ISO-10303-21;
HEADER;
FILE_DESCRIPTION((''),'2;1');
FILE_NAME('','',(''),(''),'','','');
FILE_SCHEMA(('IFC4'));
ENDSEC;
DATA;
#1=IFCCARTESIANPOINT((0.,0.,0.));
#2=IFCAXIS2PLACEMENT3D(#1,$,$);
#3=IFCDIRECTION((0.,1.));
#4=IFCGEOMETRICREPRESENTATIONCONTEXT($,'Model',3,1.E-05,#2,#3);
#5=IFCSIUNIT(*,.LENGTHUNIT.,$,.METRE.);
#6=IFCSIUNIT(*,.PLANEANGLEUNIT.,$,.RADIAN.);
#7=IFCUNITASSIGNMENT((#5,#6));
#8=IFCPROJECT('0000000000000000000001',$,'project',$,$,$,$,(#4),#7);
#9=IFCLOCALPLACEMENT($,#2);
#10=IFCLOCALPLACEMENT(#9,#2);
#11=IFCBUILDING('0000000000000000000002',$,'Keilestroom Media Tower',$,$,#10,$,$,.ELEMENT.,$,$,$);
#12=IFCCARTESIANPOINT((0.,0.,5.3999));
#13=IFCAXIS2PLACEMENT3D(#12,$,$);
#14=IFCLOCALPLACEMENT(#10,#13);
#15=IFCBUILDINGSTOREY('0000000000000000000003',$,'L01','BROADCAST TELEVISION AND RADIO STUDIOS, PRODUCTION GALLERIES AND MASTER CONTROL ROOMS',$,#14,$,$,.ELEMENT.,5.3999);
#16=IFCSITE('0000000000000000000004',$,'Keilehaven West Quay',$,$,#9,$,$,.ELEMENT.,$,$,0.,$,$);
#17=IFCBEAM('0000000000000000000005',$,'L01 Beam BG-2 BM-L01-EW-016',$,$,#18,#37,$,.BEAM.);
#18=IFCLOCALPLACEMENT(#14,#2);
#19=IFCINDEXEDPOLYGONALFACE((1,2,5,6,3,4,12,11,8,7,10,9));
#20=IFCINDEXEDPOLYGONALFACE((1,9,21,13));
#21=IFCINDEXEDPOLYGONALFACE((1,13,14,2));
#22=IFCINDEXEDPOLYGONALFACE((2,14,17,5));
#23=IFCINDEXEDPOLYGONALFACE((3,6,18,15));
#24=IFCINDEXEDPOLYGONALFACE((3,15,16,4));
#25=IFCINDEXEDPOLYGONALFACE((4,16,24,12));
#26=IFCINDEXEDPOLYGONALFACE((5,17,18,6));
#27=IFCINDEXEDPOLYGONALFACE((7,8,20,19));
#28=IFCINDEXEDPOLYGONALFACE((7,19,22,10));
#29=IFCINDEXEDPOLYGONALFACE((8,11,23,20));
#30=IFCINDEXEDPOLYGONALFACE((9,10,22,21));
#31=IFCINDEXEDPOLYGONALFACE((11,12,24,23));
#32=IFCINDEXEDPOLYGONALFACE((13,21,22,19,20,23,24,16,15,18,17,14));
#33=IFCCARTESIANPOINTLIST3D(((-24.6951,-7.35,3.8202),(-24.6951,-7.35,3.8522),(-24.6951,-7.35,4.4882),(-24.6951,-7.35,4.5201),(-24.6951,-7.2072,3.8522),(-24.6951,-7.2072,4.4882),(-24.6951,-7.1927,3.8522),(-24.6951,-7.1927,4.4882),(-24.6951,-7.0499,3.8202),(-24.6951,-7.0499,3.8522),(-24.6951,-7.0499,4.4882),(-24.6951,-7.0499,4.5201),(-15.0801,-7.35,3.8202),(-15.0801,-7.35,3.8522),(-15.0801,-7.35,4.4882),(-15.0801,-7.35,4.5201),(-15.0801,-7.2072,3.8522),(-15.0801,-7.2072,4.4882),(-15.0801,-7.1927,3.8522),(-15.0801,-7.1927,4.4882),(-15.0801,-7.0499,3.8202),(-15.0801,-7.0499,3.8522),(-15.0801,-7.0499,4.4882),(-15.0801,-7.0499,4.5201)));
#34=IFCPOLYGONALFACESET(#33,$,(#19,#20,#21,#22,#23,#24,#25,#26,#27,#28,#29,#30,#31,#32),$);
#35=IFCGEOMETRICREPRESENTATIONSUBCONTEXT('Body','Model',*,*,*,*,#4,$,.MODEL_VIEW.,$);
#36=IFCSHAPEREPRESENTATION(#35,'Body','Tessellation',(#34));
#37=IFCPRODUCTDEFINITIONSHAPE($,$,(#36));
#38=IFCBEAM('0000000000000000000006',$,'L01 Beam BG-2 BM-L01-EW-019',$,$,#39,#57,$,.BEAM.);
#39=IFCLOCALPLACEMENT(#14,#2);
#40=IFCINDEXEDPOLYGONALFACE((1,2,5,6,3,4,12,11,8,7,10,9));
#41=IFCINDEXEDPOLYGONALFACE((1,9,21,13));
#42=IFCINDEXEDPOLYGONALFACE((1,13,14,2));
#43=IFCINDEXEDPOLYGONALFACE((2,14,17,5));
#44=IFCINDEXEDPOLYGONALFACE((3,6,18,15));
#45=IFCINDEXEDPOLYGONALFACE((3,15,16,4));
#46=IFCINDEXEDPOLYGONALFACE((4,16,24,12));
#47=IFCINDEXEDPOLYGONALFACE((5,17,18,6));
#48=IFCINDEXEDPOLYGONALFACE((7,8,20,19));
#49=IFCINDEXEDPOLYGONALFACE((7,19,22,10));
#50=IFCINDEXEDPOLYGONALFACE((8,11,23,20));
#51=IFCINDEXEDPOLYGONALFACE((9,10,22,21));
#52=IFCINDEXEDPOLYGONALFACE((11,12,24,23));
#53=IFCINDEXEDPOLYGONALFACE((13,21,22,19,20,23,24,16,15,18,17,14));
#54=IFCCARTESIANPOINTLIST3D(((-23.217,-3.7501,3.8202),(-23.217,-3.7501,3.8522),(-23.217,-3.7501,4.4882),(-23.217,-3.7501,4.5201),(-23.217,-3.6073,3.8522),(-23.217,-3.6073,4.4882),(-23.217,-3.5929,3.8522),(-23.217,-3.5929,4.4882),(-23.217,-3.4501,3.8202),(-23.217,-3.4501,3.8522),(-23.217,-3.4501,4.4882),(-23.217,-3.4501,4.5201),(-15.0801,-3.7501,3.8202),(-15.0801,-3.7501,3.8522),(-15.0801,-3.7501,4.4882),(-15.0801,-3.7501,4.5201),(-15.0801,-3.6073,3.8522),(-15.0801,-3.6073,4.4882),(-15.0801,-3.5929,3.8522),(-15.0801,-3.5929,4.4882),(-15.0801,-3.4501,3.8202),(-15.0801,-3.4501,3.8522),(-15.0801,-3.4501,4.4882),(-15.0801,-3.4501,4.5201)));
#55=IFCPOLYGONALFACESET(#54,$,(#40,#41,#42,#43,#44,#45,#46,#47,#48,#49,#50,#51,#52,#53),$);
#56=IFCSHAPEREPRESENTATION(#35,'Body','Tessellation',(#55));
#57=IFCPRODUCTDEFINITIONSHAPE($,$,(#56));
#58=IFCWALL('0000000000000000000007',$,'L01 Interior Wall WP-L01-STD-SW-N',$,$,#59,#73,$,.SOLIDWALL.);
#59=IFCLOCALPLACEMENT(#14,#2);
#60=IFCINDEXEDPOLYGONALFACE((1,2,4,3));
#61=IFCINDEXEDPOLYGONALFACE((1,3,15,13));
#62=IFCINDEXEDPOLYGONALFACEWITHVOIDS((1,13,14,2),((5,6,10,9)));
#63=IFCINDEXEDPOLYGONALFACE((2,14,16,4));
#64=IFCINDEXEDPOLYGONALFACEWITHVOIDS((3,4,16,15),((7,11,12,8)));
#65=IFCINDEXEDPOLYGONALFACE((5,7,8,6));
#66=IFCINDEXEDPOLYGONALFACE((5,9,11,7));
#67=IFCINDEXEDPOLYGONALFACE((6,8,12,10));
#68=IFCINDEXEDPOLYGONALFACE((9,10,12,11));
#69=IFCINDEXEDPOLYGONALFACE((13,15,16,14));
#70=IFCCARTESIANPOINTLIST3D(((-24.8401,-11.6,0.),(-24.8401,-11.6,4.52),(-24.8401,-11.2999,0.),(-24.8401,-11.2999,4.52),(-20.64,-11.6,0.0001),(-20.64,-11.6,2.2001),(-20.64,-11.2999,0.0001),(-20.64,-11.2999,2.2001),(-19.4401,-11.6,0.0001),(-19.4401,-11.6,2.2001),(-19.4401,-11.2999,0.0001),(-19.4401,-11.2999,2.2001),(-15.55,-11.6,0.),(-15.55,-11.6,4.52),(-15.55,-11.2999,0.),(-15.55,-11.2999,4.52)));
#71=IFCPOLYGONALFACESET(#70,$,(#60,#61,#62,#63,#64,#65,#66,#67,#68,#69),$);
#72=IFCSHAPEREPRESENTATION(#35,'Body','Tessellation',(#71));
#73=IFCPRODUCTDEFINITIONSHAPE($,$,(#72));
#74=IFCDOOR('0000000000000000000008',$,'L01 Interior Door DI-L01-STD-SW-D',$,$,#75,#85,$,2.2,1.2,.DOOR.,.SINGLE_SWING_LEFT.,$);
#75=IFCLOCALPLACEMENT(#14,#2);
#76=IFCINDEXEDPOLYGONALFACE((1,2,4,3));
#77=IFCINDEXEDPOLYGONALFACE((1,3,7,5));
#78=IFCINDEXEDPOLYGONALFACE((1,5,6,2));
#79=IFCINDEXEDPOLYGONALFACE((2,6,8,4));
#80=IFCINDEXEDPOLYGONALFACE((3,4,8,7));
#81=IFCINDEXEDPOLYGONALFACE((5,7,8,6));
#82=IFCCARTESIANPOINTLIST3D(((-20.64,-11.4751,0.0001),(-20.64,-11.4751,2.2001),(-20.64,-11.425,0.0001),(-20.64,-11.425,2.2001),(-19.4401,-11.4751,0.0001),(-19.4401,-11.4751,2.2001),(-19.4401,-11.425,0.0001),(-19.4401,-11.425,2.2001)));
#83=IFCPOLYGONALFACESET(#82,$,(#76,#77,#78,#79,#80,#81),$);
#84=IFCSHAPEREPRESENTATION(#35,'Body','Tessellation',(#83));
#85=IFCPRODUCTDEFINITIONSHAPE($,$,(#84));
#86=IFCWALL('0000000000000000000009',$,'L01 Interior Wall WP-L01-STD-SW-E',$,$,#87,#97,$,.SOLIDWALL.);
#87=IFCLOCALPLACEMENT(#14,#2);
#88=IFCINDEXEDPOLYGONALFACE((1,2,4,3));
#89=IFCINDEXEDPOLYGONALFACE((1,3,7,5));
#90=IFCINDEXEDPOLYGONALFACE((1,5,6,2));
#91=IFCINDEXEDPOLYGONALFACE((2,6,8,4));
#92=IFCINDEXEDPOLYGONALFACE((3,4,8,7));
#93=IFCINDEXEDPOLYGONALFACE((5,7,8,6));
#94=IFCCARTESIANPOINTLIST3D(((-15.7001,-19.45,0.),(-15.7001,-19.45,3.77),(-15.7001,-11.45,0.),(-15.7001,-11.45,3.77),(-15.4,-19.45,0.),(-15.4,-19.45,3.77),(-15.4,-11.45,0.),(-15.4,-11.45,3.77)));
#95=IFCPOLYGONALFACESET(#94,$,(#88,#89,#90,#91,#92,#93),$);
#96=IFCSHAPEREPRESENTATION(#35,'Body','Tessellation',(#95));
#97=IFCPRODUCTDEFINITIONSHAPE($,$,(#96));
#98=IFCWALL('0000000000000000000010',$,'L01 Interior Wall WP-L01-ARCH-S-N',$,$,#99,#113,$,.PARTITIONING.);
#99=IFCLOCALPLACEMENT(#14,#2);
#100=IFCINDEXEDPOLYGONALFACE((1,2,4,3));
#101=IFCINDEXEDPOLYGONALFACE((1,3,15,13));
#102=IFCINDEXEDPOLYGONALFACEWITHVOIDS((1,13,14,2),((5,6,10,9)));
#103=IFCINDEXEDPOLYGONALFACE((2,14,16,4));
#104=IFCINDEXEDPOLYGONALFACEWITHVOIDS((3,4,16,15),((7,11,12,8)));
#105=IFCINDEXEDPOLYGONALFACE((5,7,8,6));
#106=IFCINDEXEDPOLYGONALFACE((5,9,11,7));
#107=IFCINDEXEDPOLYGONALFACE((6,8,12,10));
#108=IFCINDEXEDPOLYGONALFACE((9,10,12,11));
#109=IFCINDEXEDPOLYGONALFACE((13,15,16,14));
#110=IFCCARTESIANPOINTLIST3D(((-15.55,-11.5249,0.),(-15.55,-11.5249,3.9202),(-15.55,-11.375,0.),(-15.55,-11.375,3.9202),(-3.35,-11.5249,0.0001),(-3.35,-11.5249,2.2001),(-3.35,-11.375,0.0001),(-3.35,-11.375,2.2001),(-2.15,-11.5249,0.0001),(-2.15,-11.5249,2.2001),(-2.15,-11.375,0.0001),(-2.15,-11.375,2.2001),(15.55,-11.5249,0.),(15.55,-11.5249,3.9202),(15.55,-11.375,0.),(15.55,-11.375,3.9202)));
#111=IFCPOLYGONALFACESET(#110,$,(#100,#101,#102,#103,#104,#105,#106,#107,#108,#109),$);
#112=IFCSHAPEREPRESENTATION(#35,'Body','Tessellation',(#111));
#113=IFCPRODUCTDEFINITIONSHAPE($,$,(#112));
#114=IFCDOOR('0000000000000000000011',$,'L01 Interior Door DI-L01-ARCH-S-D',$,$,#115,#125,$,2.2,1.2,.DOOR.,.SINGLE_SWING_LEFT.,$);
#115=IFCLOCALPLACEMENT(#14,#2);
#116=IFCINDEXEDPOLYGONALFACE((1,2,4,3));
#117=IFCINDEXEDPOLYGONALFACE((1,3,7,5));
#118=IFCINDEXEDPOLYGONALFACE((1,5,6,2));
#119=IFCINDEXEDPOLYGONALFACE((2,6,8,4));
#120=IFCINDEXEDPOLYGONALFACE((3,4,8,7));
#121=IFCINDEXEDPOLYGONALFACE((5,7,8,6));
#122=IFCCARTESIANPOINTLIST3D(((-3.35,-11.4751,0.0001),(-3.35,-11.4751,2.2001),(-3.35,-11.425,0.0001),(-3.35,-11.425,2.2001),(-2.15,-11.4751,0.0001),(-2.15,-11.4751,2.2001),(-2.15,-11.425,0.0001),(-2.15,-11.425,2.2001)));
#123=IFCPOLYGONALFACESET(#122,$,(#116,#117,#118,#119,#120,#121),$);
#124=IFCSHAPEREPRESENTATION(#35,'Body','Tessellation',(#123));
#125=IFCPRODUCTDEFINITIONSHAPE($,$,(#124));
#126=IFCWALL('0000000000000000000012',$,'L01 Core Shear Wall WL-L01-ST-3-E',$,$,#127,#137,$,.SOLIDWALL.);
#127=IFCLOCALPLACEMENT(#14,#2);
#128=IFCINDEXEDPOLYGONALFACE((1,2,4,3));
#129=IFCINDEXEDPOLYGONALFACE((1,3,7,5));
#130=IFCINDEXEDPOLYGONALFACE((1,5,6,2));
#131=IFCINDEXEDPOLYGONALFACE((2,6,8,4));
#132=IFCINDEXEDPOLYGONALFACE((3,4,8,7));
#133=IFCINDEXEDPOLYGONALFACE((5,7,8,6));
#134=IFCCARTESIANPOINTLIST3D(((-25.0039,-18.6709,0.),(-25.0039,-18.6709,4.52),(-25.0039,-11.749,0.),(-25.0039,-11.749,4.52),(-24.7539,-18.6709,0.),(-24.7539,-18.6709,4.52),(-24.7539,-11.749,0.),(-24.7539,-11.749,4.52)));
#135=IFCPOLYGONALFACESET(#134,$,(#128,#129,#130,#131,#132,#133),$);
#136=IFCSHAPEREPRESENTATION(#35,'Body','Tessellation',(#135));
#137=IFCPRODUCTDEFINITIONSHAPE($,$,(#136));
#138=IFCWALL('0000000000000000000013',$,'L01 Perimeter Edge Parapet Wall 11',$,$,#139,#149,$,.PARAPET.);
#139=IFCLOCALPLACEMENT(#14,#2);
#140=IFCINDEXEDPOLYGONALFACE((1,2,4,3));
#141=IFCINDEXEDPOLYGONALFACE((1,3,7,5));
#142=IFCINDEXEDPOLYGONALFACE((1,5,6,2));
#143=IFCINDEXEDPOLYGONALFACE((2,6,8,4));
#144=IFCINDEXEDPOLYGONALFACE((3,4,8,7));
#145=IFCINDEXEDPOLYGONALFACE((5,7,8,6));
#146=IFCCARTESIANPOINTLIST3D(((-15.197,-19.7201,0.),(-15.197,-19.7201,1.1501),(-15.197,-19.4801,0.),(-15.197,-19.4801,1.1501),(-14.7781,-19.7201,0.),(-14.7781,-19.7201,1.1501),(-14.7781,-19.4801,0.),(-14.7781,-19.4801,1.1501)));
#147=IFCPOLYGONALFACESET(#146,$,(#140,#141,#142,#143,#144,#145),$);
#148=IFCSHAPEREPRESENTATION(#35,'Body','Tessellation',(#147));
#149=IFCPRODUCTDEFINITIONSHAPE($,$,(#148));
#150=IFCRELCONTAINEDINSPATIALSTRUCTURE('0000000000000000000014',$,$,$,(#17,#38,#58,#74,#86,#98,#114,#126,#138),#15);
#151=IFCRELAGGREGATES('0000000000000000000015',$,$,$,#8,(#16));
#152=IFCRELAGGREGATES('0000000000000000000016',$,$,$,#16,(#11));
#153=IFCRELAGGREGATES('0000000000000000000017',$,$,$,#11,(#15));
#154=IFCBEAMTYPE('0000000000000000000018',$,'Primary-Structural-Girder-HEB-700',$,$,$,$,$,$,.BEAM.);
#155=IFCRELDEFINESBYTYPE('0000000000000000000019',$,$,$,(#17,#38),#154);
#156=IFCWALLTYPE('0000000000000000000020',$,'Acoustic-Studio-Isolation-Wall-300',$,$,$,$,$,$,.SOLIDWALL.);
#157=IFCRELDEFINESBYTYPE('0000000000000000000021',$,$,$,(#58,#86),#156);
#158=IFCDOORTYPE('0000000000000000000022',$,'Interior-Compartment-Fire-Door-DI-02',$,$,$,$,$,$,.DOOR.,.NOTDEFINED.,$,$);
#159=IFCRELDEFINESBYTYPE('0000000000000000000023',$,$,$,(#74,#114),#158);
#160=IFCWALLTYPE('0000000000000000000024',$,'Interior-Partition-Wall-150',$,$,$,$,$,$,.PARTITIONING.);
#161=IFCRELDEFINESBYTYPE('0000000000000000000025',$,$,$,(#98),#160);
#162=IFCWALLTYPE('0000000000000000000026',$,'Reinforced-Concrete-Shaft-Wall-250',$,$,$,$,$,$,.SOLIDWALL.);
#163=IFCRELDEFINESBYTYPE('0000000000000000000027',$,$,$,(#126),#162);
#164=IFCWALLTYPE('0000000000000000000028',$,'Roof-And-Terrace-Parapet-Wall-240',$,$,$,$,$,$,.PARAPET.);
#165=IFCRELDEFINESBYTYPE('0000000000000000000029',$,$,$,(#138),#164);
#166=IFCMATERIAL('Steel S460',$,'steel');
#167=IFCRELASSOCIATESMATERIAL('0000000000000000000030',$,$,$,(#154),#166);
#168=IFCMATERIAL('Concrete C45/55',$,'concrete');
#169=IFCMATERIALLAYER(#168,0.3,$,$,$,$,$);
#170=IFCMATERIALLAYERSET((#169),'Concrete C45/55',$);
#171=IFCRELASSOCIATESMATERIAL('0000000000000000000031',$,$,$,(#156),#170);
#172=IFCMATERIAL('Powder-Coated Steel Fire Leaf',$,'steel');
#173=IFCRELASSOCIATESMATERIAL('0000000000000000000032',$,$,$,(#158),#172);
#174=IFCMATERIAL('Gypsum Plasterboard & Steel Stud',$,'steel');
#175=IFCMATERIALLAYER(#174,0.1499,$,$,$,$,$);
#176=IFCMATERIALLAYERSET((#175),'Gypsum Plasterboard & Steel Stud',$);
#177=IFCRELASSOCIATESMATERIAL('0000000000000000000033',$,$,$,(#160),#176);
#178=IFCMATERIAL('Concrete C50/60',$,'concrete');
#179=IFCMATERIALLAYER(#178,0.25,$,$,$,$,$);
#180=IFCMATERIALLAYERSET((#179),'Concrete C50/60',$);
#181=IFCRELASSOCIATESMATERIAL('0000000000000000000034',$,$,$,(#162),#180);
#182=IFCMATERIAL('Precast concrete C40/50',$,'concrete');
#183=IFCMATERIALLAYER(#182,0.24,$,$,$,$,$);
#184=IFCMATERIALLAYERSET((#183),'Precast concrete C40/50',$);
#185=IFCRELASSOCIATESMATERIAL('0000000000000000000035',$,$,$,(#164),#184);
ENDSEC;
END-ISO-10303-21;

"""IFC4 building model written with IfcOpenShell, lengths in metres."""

from ifc_helpers import new_model, si_unit, direction, frame, frame_2d, origin, origin_2d, place, context, subcontext, project, spatial, rectangle, i_section, extrude, source, transform, mapped, material, layer, layer_set, material_profile, profile_set, type_object, element, fill, save


model = new_model("IFC4")

# Units and contexts
model_context = context("Model", 3, precision=1e-05, world=origin(), true_north=direction((0.0, 1.0)))
body_context = subcontext(model_context, "Body", "Model", "MODEL_VIEW")
ifc_project = project(units=[si_unit("LENGTHUNIT", "METRE"), si_unit("PLANEANGLEUNIT", "RADIAN")], contexts=[model_context])

# Site, building, storey
site_placement = place(None, origin())
site = spatial("IfcSite", under=ifc_project, at=site_placement, Name="Keilehaven West Quay", CompositionType="ELEMENT", RefElevation=0.0)
building_placement = place(site_placement, origin())
building = spatial("IfcBuilding", under=site, at=building_placement, Name="Keilestroom Media Tower", CompositionType="ELEMENT")
storey_placement = place(building_placement, frame((0.0, 0.0, 5.3999)))
storey = spatial("IfcBuildingStorey", under=building, at=storey_placement, Name="L01", Description="BROADCAST TELEVISION AND RADIO STUDIOS, PRODUCTION GALLERIES AND MASTER CONTROL ROOMS", CompositionType="ELEMENT", Elevation=5.3999)

# Shared definitions
ifc_material_1 = material(Name="Precast concrete C40/50", Category="concrete")
ifc_material_2 = material(Name="Steel S460", Category="steel")

# Beams
ifc_material_profile_1 = material_profile(ifc_material_2, i_section(OverallWidth=0.3, OverallDepth=0.7, WebThickness=0.0144, FlangeThickness=0.032, at=origin_2d()), Name="HEB 700")
ifc_profile_set_1 = profile_set([ifc_material_profile_1], Name="Steel S460")
beam_type_1 = type_object("IfcBeamType", Name="Primary-Structural-Girder-HEB-700", PredefinedType="BEAM", material=ifc_profile_set_1)
shared_shape_1 = source(origin(), body_context, "Body", "SweptSolid", [
    extrude(i_section(OverallWidth=0.3, OverallDepth=0.7, WebThickness=0.0144, FlangeThickness=0.032, at=origin_2d()), origin(), (0.0, 0.0, 1.0), 9.615),
])
beam_1_placement = place(storey_placement, frame((-24.6951, -7.2, 4.1702), z_axis=(1.0, 0.0, 0.0), x_axis=(0.0, 1.0, 0.0)))
element("IfcBeam", 1, at=beam_1_placement, inside=storey, type_object=beam_type_1, Name="L01 Beam BG-2 BM-L01-EW-016", PredefinedType="BEAM", context=body_context, shape_type="MappedRepresentation", body=[
    mapped(shared_shape_1, transform((0.0, 0.0, 0.0), x_axis=(1.0, 0.0, 0.0), y_axis=(0.0, 1.0, 0.0), z_axis=(0.0, 0.0, 1.0), scale=1.0)),
])
shared_shape_2 = source(origin(), body_context, "Body", "SweptSolid", [
    extrude(i_section(OverallWidth=0.3, OverallDepth=0.7, WebThickness=0.0144, FlangeThickness=0.032, at=origin_2d()), origin(), (0.0, 0.0, 1.0), 8.137),
])
beam_2_placement = place(storey_placement, frame((-23.217, -3.6001, 4.1702), z_axis=(1.0, 0.0, 0.0), x_axis=(0.0, 1.0, 0.0)))
element("IfcBeam", 2, at=beam_2_placement, inside=storey, type_object=beam_type_1, Name="L01 Beam BG-2 BM-L01-EW-019", PredefinedType="BEAM", context=body_context, shape_type="MappedRepresentation", body=[
    mapped(shared_shape_2, transform((0.0, 0.0, 0.0), x_axis=(1.0, 0.0, 0.0), y_axis=(0.0, 1.0, 0.0), z_axis=(0.0, 0.0, 1.0), scale=1.0)),
])

# Wall, opening, door
ifc_material_3 = material(Name="Concrete C45/55", Category="concrete")
ifc_layer_1 = layer(ifc_material_3, 0.3)
ifc_layer_set_1 = layer_set([ifc_layer_1], Name="Concrete C45/55")
wall_type_1 = type_object("IfcWallType", Name="Acoustic-Studio-Isolation-Wall-300", PredefinedType="SOLIDWALL", material=ifc_layer_set_1)
wall_1_placement = place(storey_placement, frame((-24.8401, -11.45, 0.0), z_axis=(0.0, 0.0, 1.0), x_axis=(1.0, 0.0, 0.0)))
wall_1 = element("IfcWall", 3, at=wall_1_placement, inside=storey, type_object=wall_type_1, Name="L01 Interior Wall WP-L01-STD-SW-N", PredefinedType="SOLIDWALL", context=body_context, shape_type="SweptSolid", body=[
    extrude(rectangle(XDim=9.29, YDim=0.3, at=frame_2d((4.645, 0.0))), origin(), (0.0, 0.0, 1.0), 4.52),
])
opening_1_placement = place(wall_1_placement, frame((4.2, 0.0, 0.0)))
opening_1 = element("IfcOpeningElement", 4, at=opening_1_placement, cuts=wall_1, PredefinedType="OPENING", context=body_context, shape_type="SweptSolid", body=[
    extrude(rectangle(XDim=1.2, YDim=2.2, at=frame_2d((0.6001, 1.1001))), frame((0.0, 0.1602, 0.0), z_axis=(0.0, -1.0, 0.0), x_axis=(1.0, 0.0, 0.0)), (0.0, 0.0, 1.0), 0.3201),
])
ifc_material_4 = material(Name="Powder-Coated Steel Fire Leaf", Category="steel")
door_type = type_object("IfcDoorType", Name="Interior-Compartment-Fire-Door-DI-02", OperationType="NOTDEFINED", PredefinedType="DOOR", material=ifc_material_4)
shared_shape_3 = source(origin(), body_context, "Body", "SweptSolid", [
    extrude(rectangle(XDim=1.2, YDim=2.2, at=frame_2d((0.6001, 1.1001))), frame((0.0, 0.0249, 0.0), z_axis=(0.0, -1.0, 0.0), x_axis=(1.0, 0.0, 0.0)), (0.0, 0.0, 1.0), 0.05),
])
door_1_placement = place(opening_1_placement, origin())
door_1 = element("IfcDoor", 5, at=door_1_placement, inside=storey, type_object=door_type, Name="L01 Interior Door DI-L01-STD-SW-D", OperationType="SINGLE_SWING_LEFT", OverallHeight=2.2, OverallWidth=1.2, PredefinedType="DOOR", context=body_context, shape_type="MappedRepresentation", body=[
    mapped(shared_shape_3, transform((0.0, 0.0, 0.0), x_axis=(1.0, 0.0, 0.0), y_axis=(0.0, 1.0, 0.0), z_axis=(0.0, 0.0, 1.0), scale=1.0)),
])
fill(opening_1, door_1)

# Wall
wall_2_placement = place(storey_placement, frame((-15.55, -19.45, 0.0), z_axis=(0.0, 0.0, 1.0), x_axis=(0.0, 1.0, 0.0)))
element("IfcWall", 6, at=wall_2_placement, inside=storey, type_object=wall_type_1, Name="L01 Interior Wall WP-L01-STD-SW-E", PredefinedType="SOLIDWALL", context=body_context, shape_type="SweptSolid", body=[
    extrude(rectangle(XDim=8.0, YDim=0.3, at=frame_2d((4.0, 0.0))), origin(), (0.0, 0.0, 1.0), 3.77),
])

# Wall, opening, door
ifc_material_5 = material(Name="Gypsum Plasterboard & Steel Stud", Category="steel")
ifc_layer_2 = layer(ifc_material_5, 0.1499)
ifc_layer_set_2 = layer_set([ifc_layer_2], Name="Gypsum Plasterboard & Steel Stud")
wall_type_2 = type_object("IfcWallType", Name="Interior-Partition-Wall-150", PredefinedType="PARTITIONING", material=ifc_layer_set_2)
wall_3_placement = place(storey_placement, frame((-15.55, -11.45, 0.0), z_axis=(0.0, 0.0, 1.0), x_axis=(1.0, 0.0, 0.0)))
wall_3 = element("IfcWall", 7, at=wall_3_placement, inside=storey, type_object=wall_type_2, Name="L01 Interior Wall WP-L01-ARCH-S-N", PredefinedType="PARTITIONING", context=body_context, shape_type="SweptSolid", body=[
    extrude(rectangle(XDim=31.1001, YDim=0.1499, at=frame_2d((15.55, 0.0))), origin(), (0.0, 0.0, 1.0), 3.9202),
])
opening_2_placement = place(wall_3_placement, frame((12.2, 0.0, 0.0)))
opening_2 = element("IfcOpeningElement", 8, at=opening_2_placement, cuts=wall_3, PredefinedType="OPENING", context=body_context, shape_type="SweptSolid", body=[
    extrude(rectangle(XDim=1.2, YDim=2.2, at=frame_2d((0.6001, 1.1001))), frame((0.0, 0.085, 0.0), z_axis=(0.0, -1.0, 0.0), x_axis=(1.0, 0.0, 0.0)), (0.0, 0.0, 1.0), 0.1699),
])
door_2_placement = place(opening_2_placement, origin())
door_2 = element("IfcDoor", 9, at=door_2_placement, inside=storey, type_object=door_type, Name="L01 Interior Door DI-L01-ARCH-S-D", OperationType="SINGLE_SWING_LEFT", OverallHeight=2.2, OverallWidth=1.2, PredefinedType="DOOR", context=body_context, shape_type="MappedRepresentation", body=[
    mapped(shared_shape_3, transform((0.0, 0.0, 0.0), x_axis=(1.0, 0.0, 0.0), y_axis=(0.0, 1.0, 0.0), z_axis=(0.0, 0.0, 1.0), scale=1.0)),
])
fill(opening_2, door_2)

# Walls
ifc_material_6 = material(Name="Concrete C50/60", Category="concrete")
ifc_layer_3 = layer(ifc_material_6, 0.25)
ifc_layer_set_3 = layer_set([ifc_layer_3], Name="Concrete C50/60")
wall_type_3 = type_object("IfcWallType", Name="Reinforced-Concrete-Shaft-Wall-250", PredefinedType="SOLIDWALL", material=ifc_layer_set_3)
wall_4_placement = place(storey_placement, frame((-24.8789, -18.6709, 0.0), z_axis=(0.0, 0.0, 1.0), x_axis=(0.0, 1.0, 0.0)))
element("IfcWall", 10, at=wall_4_placement, inside=storey, type_object=wall_type_3, Name="L01 Core Shear Wall WL-L01-ST-3-E", PredefinedType="SOLIDWALL", context=body_context, shape_type="SweptSolid", body=[
    extrude(rectangle(XDim=6.9219, YDim=0.25, at=frame_2d((3.4609, 0.0))), origin(), (0.0, 0.0, 1.0), 4.52),
])
ifc_layer_4 = layer(ifc_material_1, 0.24)
ifc_layer_set_4 = layer_set([ifc_layer_4], Name="Precast concrete C40/50")
wall_type_4 = type_object("IfcWallType", Name="Roof-And-Terrace-Parapet-Wall-240", PredefinedType="PARAPET", material=ifc_layer_set_4)
wall_5_placement = place(storey_placement, frame((-14.7781, -19.6001, 0.0), z_axis=(0.0, 0.0, 1.0), x_axis=(-1.0, 0.0, 0.0)))
element("IfcWall", 11, at=wall_5_placement, inside=storey, type_object=wall_type_4, Name="L01 Perimeter Edge Parapet Wall 11", PredefinedType="PARAPET", context=body_context, shape_type="SweptSolid", body=[
    extrude(rectangle(XDim=0.4189, YDim=0.24, at=frame_2d((0.2095, 0.0))), origin(), (0.0, 0.0, 1.0), 1.1501),
])

save(model, "model.ifc")
